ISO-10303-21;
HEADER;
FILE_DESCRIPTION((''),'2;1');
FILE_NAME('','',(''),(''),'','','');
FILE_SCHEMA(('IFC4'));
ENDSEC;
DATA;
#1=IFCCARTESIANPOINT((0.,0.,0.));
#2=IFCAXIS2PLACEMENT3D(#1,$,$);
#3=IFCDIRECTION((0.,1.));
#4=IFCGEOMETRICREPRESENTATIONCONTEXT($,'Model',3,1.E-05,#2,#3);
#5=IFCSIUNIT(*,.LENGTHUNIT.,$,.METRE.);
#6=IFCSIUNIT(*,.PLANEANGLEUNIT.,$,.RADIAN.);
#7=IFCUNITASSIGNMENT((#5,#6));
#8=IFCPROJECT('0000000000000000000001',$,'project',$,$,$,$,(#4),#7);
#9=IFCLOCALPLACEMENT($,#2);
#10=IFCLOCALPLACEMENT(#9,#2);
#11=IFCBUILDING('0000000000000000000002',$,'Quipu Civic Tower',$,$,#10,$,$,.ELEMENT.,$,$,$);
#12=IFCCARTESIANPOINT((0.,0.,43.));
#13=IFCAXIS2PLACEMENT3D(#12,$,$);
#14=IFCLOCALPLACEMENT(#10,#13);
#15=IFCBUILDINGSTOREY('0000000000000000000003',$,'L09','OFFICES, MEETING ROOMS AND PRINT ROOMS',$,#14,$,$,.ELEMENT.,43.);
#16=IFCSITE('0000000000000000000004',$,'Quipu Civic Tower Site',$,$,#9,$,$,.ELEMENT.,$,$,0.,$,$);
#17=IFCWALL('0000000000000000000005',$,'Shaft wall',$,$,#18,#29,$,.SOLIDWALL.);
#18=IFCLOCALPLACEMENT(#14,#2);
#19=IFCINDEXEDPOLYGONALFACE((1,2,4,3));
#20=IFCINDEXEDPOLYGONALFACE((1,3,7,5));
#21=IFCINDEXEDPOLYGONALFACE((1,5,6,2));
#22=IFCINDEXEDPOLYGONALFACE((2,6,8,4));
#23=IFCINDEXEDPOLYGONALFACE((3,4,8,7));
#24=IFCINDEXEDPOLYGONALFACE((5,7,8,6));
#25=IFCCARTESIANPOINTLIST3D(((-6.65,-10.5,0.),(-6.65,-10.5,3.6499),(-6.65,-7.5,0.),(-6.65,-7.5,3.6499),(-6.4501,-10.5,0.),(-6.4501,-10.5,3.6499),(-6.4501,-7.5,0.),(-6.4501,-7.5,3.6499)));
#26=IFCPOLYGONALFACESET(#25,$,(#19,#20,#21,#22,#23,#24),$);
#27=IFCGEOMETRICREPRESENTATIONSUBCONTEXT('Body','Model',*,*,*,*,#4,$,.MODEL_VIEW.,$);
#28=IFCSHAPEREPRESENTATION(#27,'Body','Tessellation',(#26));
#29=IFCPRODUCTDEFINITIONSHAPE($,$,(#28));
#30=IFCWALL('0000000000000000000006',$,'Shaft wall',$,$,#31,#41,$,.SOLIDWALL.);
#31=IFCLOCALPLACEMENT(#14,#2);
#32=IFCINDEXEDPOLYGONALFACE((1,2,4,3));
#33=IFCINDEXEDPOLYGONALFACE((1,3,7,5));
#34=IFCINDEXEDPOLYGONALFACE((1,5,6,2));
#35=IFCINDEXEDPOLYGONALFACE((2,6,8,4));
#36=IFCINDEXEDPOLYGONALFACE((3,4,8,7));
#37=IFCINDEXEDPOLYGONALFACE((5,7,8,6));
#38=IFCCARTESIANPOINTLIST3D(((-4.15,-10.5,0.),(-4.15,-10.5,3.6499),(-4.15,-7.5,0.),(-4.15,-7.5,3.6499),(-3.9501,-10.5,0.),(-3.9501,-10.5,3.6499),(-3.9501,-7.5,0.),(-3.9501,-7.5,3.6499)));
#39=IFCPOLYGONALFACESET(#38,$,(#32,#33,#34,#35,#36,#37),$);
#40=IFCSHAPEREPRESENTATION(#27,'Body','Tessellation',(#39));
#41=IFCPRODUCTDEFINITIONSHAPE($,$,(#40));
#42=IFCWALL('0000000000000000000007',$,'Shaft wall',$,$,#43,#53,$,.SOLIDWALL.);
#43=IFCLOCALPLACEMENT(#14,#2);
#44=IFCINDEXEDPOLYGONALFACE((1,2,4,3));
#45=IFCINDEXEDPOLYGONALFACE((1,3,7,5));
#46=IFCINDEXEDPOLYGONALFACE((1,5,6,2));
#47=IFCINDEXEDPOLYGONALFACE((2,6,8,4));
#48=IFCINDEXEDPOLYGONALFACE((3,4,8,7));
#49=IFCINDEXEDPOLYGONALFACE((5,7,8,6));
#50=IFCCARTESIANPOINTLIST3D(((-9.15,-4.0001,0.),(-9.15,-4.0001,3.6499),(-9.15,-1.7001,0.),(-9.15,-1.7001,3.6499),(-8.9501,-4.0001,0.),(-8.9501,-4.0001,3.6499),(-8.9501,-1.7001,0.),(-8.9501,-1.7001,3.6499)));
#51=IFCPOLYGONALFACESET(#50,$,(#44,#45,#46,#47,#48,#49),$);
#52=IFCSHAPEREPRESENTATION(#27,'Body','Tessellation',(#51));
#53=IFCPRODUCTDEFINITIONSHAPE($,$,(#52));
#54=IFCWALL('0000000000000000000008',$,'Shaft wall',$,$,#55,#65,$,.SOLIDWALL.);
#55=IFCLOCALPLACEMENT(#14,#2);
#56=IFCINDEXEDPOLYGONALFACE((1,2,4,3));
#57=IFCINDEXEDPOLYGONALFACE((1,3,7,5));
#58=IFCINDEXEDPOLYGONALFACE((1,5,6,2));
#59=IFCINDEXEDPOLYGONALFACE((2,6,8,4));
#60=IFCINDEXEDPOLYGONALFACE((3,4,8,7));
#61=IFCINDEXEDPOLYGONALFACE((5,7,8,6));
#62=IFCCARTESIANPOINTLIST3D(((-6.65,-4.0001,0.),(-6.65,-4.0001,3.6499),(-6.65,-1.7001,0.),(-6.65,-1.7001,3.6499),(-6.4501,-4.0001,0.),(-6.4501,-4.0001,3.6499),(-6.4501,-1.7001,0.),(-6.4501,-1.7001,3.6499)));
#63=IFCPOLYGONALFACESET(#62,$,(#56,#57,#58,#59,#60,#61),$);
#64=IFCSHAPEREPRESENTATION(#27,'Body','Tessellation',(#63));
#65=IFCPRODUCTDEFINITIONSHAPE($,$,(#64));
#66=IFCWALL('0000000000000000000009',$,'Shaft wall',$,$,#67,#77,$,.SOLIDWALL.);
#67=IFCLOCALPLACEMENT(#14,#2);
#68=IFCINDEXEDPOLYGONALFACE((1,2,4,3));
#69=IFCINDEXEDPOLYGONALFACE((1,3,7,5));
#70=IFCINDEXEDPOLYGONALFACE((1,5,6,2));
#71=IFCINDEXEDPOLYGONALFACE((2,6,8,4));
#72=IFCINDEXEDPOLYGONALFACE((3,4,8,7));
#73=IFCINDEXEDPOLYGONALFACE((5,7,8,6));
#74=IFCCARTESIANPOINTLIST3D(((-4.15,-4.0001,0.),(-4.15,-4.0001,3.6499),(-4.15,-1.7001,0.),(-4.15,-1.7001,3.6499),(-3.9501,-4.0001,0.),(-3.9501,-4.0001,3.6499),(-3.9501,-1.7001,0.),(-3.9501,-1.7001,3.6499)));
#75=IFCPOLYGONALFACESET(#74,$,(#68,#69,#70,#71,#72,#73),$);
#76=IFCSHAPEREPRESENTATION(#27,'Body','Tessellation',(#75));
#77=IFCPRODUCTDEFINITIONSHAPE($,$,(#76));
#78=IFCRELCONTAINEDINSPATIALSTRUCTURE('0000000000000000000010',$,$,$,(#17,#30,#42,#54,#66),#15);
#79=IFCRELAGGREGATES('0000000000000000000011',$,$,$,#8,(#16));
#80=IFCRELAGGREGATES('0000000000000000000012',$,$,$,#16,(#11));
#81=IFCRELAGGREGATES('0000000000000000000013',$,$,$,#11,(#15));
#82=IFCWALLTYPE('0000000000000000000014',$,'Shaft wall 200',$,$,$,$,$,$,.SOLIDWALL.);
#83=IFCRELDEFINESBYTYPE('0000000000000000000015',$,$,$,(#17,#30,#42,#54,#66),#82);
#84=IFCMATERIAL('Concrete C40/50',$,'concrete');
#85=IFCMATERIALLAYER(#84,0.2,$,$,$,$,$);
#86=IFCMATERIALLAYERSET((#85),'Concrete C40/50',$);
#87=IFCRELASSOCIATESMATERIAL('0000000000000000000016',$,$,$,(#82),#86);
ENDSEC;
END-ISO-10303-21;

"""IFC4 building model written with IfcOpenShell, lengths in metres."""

from ifc_helpers import new_model, si_unit, direction, frame, frame_2d, origin, place, context, subcontext, project, spatial, rectangle, extrude, material, layer, layer_set, type_object, element, save


model = new_model("IFC4")

# Units and contexts
model_context = context("Model", 3, precision=1e-05, world=origin(), true_north=direction((0.0, 1.0)))
body_context = subcontext(model_context, "Body", "Model", "MODEL_VIEW")
ifc_project = project(units=[si_unit("LENGTHUNIT", "METRE"), si_unit("PLANEANGLEUNIT", "RADIAN")], contexts=[model_context])

# Site, building, storey
site_placement = place(None, origin())
site = spatial("IfcSite", under=ifc_project, at=site_placement, Name="Quipu Civic Tower Site", CompositionType="ELEMENT", RefElevation=0.0)
building_placement = place(site_placement, origin())
building = spatial("IfcBuilding", under=site, at=building_placement, Name="Quipu Civic Tower", CompositionType="ELEMENT")
storey_placement = place(building_placement, frame((0.0, 0.0, 43.0)))
storey = spatial("IfcBuildingStorey", under=building, at=storey_placement, Name="L09", Description="OFFICES, MEETING ROOMS AND PRINT ROOMS", CompositionType="ELEMENT", Elevation=43.0)

# Walls
ifc_material_1 = material(Name="Concrete C40/50", Category="concrete")
ifc_layer_1 = layer(ifc_material_1, 0.2)
ifc_layer_set_1 = layer_set([ifc_layer_1], Name="Concrete C40/50")
wall_type_1 = type_object("IfcWallType", Name="Shaft wall 200", PredefinedType="SOLIDWALL", material=ifc_layer_set_1)
for number, where, z_axis, x_axis, name in (
    (1, (-6.55, -10.5, 0.0), (0.0, 0.0, 1.0), (0.0, 1.0, 0.0), "Shaft wall"),
    (2, (-4.05, -10.5, 0.0), (0.0, 0.0, 1.0), (0.0, 1.0, 0.0), "Shaft wall"),
):
    element("IfcWall", number, at=place(storey_placement, frame(where, z_axis=z_axis, x_axis=x_axis)), inside=storey, type_object=wall_type_1, Name=name, PredefinedType="SOLIDWALL", context=body_context, shape_type="SweptSolid", body=[
        extrude(rectangle(XDim=3.0, YDim=0.2, at=frame_2d((1.5, 0.0))), origin(), (0.0, 0.0, 1.0), 3.6499),
    ])
for number, where, z_axis, x_axis, name in (
    (3, (-9.05, -4.0, 0.0), (0.0, 0.0, 1.0), (0.0, 1.0, 0.0), "Shaft wall"),
    (4, (-6.55, -4.0, 0.0), (0.0, 0.0, 1.0), (0.0, 1.0, 0.0), "Shaft wall"),
    (5, (-4.05, -4.0, 0.0), (0.0, 0.0, 1.0), (0.0, 1.0, 0.0), "Shaft wall"),
):
    element("IfcWall", number, at=place(storey_placement, frame(where, z_axis=z_axis, x_axis=x_axis)), inside=storey, type_object=wall_type_1, Name=name, PredefinedType="SOLIDWALL", context=body_context, shape_type="SweptSolid", body=[
        extrude(rectangle(XDim=2.3, YDim=0.2, at=frame_2d((1.1499, 0.0))), origin(), (0.0, 0.0, 1.0), 3.6499),
    ])

save(model, "model.ifc")
